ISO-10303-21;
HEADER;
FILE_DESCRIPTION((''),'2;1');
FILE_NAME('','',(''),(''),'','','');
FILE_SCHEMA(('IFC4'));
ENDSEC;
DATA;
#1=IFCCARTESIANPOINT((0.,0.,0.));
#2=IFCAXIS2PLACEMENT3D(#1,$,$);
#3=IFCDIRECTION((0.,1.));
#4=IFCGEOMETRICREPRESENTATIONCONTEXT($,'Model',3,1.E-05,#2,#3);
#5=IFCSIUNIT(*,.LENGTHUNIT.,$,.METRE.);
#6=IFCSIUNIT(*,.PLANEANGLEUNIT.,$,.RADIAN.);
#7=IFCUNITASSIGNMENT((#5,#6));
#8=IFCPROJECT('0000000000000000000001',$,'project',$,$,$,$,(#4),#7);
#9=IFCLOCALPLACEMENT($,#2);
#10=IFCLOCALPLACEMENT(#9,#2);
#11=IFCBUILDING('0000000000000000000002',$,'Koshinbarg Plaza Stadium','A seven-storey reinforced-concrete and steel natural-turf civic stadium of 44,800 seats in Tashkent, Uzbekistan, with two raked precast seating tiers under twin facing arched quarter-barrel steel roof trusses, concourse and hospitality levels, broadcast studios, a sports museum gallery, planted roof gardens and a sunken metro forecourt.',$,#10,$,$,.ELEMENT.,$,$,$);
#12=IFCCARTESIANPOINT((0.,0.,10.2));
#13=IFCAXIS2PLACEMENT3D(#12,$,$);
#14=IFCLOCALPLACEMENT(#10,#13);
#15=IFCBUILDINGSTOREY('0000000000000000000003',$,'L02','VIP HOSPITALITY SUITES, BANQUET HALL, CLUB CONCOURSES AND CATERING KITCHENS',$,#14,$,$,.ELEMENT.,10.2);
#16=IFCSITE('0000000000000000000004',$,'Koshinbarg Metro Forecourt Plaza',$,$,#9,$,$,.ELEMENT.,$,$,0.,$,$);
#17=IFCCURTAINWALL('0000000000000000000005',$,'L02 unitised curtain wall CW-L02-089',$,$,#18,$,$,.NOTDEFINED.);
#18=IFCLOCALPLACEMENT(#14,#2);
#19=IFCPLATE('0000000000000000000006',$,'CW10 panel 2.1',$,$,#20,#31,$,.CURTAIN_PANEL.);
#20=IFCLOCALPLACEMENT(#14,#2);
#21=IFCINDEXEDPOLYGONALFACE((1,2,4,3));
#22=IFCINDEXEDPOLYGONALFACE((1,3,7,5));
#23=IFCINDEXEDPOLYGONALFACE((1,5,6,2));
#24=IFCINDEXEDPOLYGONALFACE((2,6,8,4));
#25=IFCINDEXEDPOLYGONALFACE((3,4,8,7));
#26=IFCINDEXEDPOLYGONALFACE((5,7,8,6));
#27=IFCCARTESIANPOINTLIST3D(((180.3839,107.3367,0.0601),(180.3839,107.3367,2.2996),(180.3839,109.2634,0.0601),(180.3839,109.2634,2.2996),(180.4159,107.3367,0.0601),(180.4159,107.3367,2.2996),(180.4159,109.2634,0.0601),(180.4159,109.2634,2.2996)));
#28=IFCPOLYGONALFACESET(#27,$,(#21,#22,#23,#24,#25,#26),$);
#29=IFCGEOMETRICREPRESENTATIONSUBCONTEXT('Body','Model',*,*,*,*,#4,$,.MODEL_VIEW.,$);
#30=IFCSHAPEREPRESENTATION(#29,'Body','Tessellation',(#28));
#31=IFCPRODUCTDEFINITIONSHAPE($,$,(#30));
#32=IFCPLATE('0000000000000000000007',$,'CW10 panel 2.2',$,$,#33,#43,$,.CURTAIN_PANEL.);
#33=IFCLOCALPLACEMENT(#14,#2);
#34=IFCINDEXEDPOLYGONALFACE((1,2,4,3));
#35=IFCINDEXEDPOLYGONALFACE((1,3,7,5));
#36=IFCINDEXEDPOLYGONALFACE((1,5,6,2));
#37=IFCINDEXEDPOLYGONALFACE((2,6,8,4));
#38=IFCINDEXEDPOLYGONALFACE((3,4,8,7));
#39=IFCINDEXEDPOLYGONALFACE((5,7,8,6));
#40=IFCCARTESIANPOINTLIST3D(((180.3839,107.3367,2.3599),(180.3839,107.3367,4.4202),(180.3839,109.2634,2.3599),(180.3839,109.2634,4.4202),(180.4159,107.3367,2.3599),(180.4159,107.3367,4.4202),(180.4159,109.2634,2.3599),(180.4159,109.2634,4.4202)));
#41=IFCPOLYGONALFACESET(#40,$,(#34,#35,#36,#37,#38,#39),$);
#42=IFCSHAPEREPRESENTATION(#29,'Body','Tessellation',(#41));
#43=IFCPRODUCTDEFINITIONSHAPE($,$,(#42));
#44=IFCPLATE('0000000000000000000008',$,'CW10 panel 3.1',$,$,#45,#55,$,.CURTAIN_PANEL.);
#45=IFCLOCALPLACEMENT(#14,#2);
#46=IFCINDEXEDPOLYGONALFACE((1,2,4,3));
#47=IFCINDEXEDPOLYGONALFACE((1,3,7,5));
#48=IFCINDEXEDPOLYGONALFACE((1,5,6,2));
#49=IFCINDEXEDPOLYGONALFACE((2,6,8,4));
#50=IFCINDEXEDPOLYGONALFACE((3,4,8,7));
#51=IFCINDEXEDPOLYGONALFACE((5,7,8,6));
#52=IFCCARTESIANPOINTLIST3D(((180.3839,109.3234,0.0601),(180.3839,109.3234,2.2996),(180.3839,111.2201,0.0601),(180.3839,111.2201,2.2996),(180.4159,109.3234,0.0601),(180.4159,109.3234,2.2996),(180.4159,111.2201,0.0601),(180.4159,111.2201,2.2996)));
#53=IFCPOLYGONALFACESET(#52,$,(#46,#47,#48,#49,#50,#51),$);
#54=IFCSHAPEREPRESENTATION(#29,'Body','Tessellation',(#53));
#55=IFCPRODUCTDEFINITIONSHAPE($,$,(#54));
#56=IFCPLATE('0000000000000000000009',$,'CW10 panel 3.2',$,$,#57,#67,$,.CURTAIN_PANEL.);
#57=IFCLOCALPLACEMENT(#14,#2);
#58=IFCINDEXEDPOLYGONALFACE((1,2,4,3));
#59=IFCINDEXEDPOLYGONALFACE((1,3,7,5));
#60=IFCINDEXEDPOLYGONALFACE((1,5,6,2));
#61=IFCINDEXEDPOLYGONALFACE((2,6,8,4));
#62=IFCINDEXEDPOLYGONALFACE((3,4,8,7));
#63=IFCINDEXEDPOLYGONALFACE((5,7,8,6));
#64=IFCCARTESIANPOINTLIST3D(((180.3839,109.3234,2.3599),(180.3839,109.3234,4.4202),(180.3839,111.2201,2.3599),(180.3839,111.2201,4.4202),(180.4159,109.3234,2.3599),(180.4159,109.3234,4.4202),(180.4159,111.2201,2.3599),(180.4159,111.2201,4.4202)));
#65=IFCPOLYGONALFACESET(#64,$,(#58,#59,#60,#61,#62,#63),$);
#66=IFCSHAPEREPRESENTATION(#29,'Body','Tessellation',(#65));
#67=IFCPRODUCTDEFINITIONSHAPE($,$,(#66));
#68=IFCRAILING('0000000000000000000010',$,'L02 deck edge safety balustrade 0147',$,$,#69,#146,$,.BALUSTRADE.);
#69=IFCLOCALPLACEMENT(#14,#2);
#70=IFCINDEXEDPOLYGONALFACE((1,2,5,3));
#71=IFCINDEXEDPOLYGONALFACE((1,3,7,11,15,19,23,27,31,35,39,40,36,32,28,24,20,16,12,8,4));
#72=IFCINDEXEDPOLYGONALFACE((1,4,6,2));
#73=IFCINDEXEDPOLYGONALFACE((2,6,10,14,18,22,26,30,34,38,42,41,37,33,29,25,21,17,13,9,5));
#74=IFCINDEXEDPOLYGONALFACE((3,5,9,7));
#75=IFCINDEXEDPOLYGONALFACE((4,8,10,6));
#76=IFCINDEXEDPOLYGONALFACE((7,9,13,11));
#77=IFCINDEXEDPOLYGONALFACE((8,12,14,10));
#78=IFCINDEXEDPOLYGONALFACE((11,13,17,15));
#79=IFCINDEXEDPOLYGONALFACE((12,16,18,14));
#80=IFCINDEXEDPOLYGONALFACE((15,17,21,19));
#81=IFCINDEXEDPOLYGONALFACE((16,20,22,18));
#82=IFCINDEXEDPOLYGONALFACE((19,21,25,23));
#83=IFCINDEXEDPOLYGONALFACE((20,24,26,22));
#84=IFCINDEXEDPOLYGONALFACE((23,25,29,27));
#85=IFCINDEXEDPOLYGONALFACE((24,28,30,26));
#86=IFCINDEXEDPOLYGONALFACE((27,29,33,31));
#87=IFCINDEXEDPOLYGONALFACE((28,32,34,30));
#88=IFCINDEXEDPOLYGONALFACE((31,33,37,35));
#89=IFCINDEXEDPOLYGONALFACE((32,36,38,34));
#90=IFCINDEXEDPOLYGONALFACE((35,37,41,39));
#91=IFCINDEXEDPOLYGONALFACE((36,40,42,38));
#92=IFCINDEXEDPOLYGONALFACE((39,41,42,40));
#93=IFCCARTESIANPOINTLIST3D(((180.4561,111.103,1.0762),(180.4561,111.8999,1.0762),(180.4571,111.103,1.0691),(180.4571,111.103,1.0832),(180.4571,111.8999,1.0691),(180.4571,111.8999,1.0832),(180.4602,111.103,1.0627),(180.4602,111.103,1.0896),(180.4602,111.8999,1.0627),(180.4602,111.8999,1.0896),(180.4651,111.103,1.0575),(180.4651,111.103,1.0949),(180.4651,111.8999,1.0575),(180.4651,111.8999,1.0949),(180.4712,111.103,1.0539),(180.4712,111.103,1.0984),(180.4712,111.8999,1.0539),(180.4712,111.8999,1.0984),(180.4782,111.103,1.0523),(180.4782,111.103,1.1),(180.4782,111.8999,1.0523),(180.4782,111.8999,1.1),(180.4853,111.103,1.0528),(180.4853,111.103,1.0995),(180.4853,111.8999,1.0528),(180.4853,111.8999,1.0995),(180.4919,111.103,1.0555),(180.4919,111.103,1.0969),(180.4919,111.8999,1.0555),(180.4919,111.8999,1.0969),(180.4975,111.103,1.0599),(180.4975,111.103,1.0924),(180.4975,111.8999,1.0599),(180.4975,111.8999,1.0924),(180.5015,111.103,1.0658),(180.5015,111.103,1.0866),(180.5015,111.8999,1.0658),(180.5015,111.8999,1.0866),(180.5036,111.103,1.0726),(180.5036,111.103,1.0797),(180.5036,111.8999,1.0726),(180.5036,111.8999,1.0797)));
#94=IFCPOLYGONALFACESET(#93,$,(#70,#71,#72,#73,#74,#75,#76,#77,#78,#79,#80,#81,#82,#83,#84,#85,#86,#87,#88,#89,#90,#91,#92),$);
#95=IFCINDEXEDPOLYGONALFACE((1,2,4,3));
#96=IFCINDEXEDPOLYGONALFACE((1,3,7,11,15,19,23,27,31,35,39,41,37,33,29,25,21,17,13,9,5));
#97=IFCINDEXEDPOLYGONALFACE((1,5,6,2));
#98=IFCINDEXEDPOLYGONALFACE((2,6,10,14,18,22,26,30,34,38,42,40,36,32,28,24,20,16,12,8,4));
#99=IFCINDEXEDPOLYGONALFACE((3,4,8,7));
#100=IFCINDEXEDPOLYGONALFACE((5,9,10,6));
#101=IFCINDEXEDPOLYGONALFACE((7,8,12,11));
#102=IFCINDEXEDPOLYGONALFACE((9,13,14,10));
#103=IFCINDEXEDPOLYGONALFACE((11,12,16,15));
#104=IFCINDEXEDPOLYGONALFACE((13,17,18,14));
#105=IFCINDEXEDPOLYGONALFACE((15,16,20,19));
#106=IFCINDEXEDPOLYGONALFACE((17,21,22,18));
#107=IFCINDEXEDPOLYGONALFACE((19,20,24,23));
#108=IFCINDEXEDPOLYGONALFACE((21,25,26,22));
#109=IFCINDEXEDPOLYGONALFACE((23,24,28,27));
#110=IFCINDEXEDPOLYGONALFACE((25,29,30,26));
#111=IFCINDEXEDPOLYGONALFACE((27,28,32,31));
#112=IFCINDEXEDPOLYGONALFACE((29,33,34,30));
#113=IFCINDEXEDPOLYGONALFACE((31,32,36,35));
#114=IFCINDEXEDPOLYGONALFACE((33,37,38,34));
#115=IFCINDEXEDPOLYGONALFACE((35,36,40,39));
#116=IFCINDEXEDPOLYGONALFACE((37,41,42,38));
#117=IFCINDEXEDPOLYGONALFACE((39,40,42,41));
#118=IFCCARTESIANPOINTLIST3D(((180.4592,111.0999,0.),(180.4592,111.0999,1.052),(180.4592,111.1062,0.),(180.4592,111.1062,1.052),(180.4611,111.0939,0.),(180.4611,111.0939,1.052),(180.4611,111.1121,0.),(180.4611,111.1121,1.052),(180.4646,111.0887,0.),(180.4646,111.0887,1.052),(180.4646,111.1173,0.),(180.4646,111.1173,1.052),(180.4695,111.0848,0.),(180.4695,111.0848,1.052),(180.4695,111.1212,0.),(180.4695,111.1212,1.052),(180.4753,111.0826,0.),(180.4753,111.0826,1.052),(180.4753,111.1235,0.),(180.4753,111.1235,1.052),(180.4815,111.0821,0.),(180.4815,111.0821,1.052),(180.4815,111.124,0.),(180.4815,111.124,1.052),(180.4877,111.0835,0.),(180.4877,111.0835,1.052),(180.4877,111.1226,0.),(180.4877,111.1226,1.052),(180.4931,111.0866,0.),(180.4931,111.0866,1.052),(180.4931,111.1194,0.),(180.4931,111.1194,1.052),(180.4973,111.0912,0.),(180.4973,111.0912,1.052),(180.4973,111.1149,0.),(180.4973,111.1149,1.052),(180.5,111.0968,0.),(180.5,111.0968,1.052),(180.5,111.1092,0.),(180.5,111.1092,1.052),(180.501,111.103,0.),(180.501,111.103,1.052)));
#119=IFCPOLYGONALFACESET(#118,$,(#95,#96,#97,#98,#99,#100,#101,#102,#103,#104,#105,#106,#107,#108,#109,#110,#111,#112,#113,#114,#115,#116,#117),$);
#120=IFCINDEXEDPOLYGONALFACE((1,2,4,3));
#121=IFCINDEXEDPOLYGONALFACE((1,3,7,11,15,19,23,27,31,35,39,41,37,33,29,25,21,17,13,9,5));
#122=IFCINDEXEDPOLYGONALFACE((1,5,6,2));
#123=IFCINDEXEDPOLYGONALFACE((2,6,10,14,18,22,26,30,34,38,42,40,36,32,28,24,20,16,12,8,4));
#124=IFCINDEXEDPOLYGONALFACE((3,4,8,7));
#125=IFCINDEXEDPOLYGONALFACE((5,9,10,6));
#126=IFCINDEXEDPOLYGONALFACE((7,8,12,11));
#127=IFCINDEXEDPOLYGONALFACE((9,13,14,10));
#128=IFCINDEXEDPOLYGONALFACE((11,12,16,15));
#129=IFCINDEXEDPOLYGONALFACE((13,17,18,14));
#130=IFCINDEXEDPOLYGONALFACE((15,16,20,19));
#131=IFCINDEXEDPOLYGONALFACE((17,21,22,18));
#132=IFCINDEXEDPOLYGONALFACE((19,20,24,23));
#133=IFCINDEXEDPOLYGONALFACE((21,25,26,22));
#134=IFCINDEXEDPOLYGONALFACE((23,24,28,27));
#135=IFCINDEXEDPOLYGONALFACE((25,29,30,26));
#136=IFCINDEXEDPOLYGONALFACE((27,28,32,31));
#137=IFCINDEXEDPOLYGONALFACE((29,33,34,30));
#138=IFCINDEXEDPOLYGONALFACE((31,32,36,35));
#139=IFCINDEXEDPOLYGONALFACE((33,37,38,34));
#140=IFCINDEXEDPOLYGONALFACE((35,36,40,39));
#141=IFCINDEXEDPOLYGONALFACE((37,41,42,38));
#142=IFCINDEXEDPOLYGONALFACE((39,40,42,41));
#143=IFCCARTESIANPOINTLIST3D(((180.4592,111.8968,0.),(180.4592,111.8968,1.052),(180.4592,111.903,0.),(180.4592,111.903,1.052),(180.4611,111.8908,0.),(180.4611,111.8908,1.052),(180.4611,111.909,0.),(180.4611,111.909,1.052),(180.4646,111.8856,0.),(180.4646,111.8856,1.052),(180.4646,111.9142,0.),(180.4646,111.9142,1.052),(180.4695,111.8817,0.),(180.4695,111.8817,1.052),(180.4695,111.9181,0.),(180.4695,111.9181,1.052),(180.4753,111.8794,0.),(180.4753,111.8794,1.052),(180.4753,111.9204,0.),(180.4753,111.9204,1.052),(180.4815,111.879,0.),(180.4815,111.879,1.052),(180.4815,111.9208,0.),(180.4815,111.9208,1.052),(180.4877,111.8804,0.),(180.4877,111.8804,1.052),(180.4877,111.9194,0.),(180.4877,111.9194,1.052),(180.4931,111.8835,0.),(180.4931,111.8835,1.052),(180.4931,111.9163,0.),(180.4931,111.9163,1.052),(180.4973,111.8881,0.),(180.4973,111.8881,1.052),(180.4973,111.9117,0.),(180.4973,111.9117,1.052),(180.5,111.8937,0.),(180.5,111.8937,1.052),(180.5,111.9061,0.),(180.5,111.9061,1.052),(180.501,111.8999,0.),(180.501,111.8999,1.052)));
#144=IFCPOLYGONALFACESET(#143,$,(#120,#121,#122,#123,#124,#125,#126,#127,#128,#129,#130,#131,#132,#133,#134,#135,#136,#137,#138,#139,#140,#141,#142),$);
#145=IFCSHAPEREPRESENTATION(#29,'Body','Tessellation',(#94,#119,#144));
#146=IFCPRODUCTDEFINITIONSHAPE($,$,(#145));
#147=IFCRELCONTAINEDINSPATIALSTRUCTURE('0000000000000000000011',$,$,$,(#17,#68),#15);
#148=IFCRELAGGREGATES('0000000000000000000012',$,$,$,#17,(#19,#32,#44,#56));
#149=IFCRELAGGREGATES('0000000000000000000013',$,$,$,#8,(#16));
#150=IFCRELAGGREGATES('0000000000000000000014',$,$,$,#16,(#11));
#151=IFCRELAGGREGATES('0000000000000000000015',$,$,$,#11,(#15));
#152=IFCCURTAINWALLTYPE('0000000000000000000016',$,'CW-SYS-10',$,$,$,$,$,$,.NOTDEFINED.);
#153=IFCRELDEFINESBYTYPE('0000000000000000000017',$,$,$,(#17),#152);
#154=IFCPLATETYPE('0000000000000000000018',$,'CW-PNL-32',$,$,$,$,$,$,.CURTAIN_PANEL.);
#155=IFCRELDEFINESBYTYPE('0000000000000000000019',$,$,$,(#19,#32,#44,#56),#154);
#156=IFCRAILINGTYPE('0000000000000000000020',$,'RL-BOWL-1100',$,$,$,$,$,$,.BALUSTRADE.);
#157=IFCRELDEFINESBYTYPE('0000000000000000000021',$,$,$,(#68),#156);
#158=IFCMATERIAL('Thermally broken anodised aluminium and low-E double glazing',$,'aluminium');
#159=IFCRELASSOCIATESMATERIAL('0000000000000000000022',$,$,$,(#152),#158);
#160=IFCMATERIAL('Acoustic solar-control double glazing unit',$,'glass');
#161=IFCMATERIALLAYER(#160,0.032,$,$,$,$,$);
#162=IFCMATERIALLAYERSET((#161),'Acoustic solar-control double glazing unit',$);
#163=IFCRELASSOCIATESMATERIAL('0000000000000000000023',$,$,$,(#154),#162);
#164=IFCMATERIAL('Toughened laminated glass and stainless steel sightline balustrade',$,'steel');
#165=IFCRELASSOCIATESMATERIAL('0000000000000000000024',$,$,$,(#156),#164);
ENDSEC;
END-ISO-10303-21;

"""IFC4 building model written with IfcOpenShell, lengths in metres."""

from ifc_helpers import new_model, si_unit, direction, frame, origin, origin_2d, place, context, subcontext, project, spatial, rectangle, circle, extrude, material, layer, layer_set, type_object, element, aggregate, save


model = new_model("IFC4")

# Units and contexts
model_context = context("Model", 3, precision=1e-05, world=origin(), true_north=direction((0.0, 1.0)))
body_context = subcontext(model_context, "Body", "Model", "MODEL_VIEW")
ifc_project = project(units=[si_unit("LENGTHUNIT", "METRE"), si_unit("PLANEANGLEUNIT", "RADIAN")], contexts=[model_context])

# Site, building, storey
site_placement = place(None, origin())
site = spatial("IfcSite", under=ifc_project, at=site_placement, Name="Koshinbarg Metro Forecourt Plaza", CompositionType="ELEMENT", RefElevation=0.0)
building_placement = place(site_placement, origin())
building = spatial("IfcBuilding", under=site, at=building_placement, Name="Koshinbarg Plaza Stadium", Description="A seven-storey reinforced-concrete and steel natural-turf civic stadium of 44,800 seats in Tashkent, Uzbekistan, with two raked precast seating tiers under twin facing arched quarter-barrel steel roof trusses, concourse and hospitality levels, broadcast studios, a sports museum gallery, planted roof gardens and a sunken metro forecourt.", CompositionType="ELEMENT")
storey_placement = place(building_placement, frame((0.0, 0.0, 10.2)))
storey = spatial("IfcBuildingStorey", under=building, at=storey_placement, Name="L02", Description="VIP HOSPITALITY SUITES, BANQUET HALL, CLUB CONCOURSES AND CATERING KITCHENS", CompositionType="ELEMENT", Elevation=10.2)

# Curtain wall
ifc_material_1 = material(Name="Thermally broken anodised aluminium and low-E double glazing", Category="aluminium")
curtain_wall_type_1 = type_object("IfcCurtainWallType", Name="CW-SYS-10", PredefinedType="NOTDEFINED", material=ifc_material_1)
curtain_wall_1_placement = place(storey_placement, origin())
curtain_wall_1 = element("IfcCurtainWall", 1, at=curtain_wall_1_placement, inside=storey, type_object=curtain_wall_type_1, Name="L02 unitised curtain wall CW-L02-089", PredefinedType="NOTDEFINED")

# Plates
ifc_material_2 = material(Name="Acoustic solar-control double glazing unit", Category="glass")
ifc_layer = layer(ifc_material_2, 0.032)
ifc_layer_set = layer_set([ifc_layer], Name="Acoustic solar-control double glazing unit")
plate_type = type_object("IfcPlateType", Name="CW-PNL-32", PredefinedType="CURTAIN_PANEL", material=ifc_layer_set)
plate_1_placement = place(storey_placement, frame((180.3999, 108.3, 0.0601), z_axis=(0.0, 0.0, 1.0), x_axis=(0.0, 1.0, 0.0)))
plate_1 = element("IfcPlate", 2, at=plate_1_placement, type_object=plate_type, Name="CW10 panel 2.1", PredefinedType="CURTAIN_PANEL", context=body_context, shape_type="SweptSolid", body=[
    extrude(rectangle(XDim=1.9268, YDim=0.032, at=origin_2d()), origin(), (0.0, 0.0, 1.0), 2.2395),
])
plate_2_placement = place(storey_placement, frame((180.3999, 108.3, 2.3599), z_axis=(0.0, 0.0, 1.0), x_axis=(0.0, 1.0, 0.0)))
plate_2 = element("IfcPlate", 3, at=plate_2_placement, type_object=plate_type, Name="CW10 panel 2.2", PredefinedType="CURTAIN_PANEL", context=body_context, shape_type="SweptSolid", body=[
    extrude(rectangle(XDim=1.9268, YDim=0.032, at=origin_2d()), origin(), (0.0, 0.0, 1.0), 2.0603),
])
plate_3_placement = place(storey_placement, frame((180.3999, 110.2717, 0.0601), z_axis=(0.0, 0.0, 1.0), x_axis=(0.0, 1.0, 0.0)))
plate_3 = element("IfcPlate", 4, at=plate_3_placement, type_object=plate_type, Name="CW10 panel 3.1", PredefinedType="CURTAIN_PANEL", context=body_context, shape_type="SweptSolid", body=[
    extrude(rectangle(XDim=1.8967, YDim=0.032, at=origin_2d()), origin(), (0.0, 0.0, 1.0), 2.2395),
])
plate_4_placement = place(storey_placement, frame((180.3999, 110.2717, 2.3599), z_axis=(0.0, 0.0, 1.0), x_axis=(0.0, 1.0, 0.0)))
plate_4 = element("IfcPlate", 5, at=plate_4_placement, type_object=plate_type, Name="CW10 panel 3.2", PredefinedType="CURTAIN_PANEL", context=body_context, shape_type="SweptSolid", body=[
    extrude(rectangle(XDim=1.8967, YDim=0.032, at=origin_2d()), origin(), (0.0, 0.0, 1.0), 2.0603),
])
aggregate(curtain_wall_1, [plate_1, plate_2, plate_3, plate_4])

# Railing
ifc_material_3 = material(Name="Toughened laminated glass and stainless steel sightline balustrade", Category="steel")
railing_type = type_object("IfcRailingType", Name="RL-BOWL-1100", PredefinedType="BALUSTRADE", material=ifc_material_3)
railing_1_placement = place(storey_placement, frame((180.48, 111.103, 0.0)))
element("IfcRailing", 6, at=railing_1_placement, inside=storey, type_object=railing_type, Name="L02 deck edge safety balustrade 0147", PredefinedType="BALUSTRADE", context=body_context, shape_type="SweptSolid", body=[
    extrude(circle(Radius=0.0239, at=origin_2d()), frame((0.0, 0.0, 1.0762), z_axis=(0.0, 1.0, 0.0), x_axis=(-1.0, 0.0, 0.0)), (0.0, 0.0, 1.0), 0.7969),
    extrude(circle(Radius=0.021, at=origin_2d()), origin(), (0.0, 0.0, 1.0), 1.052),
    extrude(circle(Radius=0.021, at=origin_2d()), frame((0.0, 0.7969, 0.0)), (0.0, 0.0, 1.0), 1.052),
])

save(model, "model.ifc")
